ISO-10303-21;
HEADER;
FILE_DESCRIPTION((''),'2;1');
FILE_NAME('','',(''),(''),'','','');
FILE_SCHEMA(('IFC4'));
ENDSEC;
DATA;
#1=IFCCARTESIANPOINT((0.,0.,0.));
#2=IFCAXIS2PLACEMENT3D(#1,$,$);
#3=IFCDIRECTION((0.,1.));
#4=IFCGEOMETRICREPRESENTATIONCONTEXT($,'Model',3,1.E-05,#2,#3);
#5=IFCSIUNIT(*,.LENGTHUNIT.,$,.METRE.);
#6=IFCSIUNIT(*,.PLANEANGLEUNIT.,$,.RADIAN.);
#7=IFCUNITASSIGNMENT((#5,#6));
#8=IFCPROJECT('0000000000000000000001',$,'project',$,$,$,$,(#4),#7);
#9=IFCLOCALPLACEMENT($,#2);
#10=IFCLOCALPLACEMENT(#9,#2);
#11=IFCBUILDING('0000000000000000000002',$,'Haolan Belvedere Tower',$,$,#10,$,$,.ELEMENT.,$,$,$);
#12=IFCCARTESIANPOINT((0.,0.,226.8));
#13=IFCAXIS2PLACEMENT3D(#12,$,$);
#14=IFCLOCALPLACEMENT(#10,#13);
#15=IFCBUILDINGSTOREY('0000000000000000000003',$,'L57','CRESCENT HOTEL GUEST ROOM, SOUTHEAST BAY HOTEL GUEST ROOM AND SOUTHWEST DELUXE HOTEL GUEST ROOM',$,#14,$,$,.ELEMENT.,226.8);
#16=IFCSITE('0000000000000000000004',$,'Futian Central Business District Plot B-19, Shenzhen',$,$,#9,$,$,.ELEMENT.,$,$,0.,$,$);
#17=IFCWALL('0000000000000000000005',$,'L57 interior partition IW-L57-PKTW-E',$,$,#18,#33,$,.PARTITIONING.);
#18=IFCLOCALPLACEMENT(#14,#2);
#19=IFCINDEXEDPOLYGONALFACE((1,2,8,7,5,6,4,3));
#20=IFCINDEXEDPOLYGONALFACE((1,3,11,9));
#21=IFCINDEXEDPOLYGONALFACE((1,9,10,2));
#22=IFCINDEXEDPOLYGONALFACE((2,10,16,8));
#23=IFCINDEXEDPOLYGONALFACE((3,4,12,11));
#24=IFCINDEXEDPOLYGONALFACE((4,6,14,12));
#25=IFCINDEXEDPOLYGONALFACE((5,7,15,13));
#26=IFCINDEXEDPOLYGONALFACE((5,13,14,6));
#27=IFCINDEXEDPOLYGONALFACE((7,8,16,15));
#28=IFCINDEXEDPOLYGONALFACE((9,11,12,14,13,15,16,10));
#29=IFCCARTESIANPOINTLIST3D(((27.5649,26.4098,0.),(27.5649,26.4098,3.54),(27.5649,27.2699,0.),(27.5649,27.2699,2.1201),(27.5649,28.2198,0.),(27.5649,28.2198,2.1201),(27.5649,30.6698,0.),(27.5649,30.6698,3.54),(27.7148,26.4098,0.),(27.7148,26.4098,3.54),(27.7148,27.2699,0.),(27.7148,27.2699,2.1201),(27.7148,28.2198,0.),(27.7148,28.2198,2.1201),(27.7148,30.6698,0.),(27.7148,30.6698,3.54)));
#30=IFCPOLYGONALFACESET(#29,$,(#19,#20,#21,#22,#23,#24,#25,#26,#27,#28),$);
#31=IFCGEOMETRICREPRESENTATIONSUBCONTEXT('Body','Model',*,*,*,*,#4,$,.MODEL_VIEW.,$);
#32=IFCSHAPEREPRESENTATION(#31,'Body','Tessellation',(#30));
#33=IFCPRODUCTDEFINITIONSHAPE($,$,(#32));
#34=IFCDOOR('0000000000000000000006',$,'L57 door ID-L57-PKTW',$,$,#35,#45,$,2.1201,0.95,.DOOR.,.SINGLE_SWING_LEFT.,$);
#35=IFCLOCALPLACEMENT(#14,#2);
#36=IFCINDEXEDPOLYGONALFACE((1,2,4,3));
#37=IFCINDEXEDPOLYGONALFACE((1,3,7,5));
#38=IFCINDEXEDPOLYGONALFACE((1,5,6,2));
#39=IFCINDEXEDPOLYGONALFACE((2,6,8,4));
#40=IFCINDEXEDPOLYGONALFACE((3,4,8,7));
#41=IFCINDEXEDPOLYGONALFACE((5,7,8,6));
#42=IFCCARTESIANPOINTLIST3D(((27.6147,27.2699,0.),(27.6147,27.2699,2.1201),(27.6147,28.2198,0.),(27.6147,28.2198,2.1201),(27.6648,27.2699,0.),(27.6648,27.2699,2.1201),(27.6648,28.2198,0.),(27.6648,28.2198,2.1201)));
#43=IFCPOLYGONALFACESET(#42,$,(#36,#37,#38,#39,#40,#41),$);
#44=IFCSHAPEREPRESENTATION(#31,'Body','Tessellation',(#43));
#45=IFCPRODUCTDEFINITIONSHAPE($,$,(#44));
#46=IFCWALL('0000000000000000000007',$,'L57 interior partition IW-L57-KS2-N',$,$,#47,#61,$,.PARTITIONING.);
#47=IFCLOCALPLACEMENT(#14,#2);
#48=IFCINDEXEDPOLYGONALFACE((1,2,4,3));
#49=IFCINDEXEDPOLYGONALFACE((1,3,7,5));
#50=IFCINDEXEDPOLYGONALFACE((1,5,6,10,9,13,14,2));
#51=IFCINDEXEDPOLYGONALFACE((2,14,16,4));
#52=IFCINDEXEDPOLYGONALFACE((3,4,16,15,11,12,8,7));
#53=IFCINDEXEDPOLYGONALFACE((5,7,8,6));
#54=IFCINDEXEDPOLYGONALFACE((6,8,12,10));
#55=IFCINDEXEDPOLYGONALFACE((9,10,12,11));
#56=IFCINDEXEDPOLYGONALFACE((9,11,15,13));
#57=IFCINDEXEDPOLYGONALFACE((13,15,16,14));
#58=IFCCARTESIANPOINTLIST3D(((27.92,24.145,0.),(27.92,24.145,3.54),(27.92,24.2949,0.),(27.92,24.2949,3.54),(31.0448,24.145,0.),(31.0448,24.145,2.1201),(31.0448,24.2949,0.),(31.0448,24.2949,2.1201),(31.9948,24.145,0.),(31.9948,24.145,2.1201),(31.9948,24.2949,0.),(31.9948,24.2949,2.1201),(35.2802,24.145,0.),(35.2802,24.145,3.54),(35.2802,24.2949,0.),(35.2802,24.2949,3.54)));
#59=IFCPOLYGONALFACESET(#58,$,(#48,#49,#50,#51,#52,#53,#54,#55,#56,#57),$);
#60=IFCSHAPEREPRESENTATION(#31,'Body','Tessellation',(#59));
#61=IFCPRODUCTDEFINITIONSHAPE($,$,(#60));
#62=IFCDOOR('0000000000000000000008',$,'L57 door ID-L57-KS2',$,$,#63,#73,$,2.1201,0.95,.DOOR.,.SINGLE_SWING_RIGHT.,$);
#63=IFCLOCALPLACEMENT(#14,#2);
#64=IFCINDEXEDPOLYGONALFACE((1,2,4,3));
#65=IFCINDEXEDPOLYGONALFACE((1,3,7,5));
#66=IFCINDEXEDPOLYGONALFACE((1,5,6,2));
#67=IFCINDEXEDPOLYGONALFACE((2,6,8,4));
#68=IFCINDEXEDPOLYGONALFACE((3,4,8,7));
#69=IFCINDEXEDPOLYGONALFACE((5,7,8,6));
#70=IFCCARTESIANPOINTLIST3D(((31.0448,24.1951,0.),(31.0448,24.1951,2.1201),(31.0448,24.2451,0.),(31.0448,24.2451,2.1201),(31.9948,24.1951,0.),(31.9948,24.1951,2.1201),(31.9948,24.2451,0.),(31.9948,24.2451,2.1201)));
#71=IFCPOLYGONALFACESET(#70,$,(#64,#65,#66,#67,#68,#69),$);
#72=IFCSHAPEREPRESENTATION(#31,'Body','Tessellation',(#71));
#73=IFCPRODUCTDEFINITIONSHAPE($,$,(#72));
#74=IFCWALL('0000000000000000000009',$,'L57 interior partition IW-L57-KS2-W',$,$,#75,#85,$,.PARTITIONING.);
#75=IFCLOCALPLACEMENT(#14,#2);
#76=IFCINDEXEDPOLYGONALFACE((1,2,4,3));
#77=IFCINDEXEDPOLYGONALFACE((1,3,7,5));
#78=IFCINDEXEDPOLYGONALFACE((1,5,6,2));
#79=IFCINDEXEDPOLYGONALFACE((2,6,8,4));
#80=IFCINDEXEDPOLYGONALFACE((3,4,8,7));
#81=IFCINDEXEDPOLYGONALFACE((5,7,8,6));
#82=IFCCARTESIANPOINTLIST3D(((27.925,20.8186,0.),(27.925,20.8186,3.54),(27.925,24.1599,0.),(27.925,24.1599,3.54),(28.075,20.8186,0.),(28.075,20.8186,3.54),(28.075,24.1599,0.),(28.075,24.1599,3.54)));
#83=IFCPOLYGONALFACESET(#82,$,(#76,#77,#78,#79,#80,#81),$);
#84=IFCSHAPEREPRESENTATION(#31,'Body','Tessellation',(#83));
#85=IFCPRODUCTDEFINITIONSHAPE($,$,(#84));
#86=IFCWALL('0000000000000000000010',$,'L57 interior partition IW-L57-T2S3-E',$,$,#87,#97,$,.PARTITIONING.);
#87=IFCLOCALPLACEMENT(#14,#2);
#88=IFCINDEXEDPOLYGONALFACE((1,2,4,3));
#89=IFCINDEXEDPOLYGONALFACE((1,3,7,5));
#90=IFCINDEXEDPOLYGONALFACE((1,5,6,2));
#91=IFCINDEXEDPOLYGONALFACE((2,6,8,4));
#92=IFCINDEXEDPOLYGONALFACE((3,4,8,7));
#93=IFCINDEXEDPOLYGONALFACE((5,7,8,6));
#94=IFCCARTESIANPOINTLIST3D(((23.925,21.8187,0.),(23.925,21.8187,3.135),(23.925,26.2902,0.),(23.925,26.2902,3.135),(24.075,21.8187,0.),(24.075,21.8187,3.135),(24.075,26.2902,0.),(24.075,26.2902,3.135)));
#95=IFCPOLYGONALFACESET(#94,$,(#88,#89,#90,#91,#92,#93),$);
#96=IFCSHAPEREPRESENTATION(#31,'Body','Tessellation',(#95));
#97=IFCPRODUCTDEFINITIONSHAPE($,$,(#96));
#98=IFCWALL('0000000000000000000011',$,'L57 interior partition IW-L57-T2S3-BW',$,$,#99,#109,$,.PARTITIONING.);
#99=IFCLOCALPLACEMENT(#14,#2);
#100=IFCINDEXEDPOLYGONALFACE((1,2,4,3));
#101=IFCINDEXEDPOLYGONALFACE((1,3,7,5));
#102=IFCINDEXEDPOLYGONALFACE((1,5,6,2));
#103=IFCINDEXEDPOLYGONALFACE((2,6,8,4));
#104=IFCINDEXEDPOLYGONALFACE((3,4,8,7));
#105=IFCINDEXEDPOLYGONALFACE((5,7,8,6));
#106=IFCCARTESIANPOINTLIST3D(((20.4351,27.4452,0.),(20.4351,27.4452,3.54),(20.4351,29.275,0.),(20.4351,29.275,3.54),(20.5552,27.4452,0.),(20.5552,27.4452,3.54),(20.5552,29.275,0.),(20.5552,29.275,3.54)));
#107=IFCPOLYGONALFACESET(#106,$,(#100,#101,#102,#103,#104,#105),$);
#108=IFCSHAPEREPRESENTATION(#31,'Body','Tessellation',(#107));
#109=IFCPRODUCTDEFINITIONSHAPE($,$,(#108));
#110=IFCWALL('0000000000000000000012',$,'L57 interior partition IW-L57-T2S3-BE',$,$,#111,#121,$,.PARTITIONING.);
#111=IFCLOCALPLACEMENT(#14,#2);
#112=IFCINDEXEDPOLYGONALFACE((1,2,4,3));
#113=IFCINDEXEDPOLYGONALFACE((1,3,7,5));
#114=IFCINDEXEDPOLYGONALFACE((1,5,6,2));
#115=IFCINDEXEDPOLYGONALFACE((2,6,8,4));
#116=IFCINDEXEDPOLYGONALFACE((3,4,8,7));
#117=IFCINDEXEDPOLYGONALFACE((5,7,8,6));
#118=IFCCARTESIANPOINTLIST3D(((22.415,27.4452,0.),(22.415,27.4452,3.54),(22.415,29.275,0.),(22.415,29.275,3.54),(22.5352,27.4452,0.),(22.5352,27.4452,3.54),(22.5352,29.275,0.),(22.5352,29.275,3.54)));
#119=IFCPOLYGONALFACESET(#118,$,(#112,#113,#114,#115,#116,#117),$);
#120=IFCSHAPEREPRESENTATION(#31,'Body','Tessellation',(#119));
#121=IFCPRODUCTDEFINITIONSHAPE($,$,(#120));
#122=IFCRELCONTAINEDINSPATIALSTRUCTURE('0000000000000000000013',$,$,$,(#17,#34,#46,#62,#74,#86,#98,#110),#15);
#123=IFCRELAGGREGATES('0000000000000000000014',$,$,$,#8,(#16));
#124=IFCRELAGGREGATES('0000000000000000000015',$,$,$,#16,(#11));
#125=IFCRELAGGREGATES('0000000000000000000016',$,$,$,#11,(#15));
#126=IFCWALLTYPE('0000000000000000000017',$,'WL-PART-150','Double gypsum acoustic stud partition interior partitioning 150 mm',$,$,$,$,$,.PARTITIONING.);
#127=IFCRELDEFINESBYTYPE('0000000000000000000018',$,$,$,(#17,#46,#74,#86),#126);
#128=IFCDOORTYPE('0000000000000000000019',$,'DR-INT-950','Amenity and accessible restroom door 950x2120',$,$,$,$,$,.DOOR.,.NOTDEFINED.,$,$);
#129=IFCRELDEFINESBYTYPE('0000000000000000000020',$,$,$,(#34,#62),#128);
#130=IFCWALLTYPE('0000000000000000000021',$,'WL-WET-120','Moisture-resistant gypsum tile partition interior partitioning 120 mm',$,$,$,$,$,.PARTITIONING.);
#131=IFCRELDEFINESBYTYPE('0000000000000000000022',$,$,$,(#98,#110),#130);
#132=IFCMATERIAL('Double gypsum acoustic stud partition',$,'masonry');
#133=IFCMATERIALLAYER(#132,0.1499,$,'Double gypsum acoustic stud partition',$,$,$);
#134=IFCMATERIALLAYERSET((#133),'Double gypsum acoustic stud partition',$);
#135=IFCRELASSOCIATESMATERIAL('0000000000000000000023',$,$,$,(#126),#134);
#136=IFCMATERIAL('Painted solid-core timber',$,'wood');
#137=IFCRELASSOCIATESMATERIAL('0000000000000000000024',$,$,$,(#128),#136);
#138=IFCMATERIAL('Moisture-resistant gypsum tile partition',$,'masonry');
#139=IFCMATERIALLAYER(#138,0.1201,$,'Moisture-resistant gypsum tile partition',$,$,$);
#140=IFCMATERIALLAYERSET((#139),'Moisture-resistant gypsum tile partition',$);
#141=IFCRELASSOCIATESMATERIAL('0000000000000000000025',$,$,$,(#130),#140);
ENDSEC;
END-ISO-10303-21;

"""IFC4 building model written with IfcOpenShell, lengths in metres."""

from ifc_helpers import new_model, si_unit, direction, frame, frame_2d, origin, place, context, subcontext, project, spatial, rectangle, extrude, material, layer, layer_set, type_object, element, fill, save


model = new_model("IFC4")

# Units and contexts
model_context = context("Model", 3, precision=1e-05, world=origin(), true_north=direction((0.0, 1.0)))
body_context = subcontext(model_context, "Body", "Model", "MODEL_VIEW")
ifc_project = project(units=[si_unit("LENGTHUNIT", "METRE"), si_unit("PLANEANGLEUNIT", "RADIAN")], contexts=[model_context])

# Site, building, storey
site_placement = place(None, origin())
site = spatial("IfcSite", under=ifc_project, at=site_placement, Name="Futian Central Business District Plot B-19, Shenzhen", CompositionType="ELEMENT", RefElevation=0.0)
building_placement = place(site_placement, origin())
building = spatial("IfcBuilding", under=site, at=building_placement, Name="Haolan Belvedere Tower", CompositionType="ELEMENT")
storey_placement = place(building_placement, frame((0.0, 0.0, 226.8)))
storey = spatial("IfcBuildingStorey", under=building, at=storey_placement, Name="L57", Description="CRESCENT HOTEL GUEST ROOM, SOUTHEAST BAY HOTEL GUEST ROOM AND SOUTHWEST DELUXE HOTEL GUEST ROOM", CompositionType="ELEMENT", Elevation=226.8)

# Shared definitions
ifc_material_1 = material(Name="Double gypsum acoustic stud partition", Category="masonry")
ifc_layer_1 = layer(ifc_material_1, 0.1499, Name="Double gypsum acoustic stud partition")
ifc_layer_set_1 = layer_set([ifc_layer_1], Name="Double gypsum acoustic stud partition")
wall_type_1 = type_object("IfcWallType", Name="WL-PART-150", Description="Double gypsum acoustic stud partition interior partitioning 150 mm", PredefinedType="PARTITIONING", material=ifc_layer_set_1)

# Walls, openings, doors
wall_1_placement = place(storey_placement, frame((27.6399, 26.4099, 0.0), z_axis=(0.0, 0.0, 1.0), x_axis=(0.0, 1.0, 0.0)))
wall_1 = element("IfcWall", 1, at=wall_1_placement, inside=storey, type_object=wall_type_1, Name="L57 interior partition IW-L57-PKTW-E", PredefinedType="PARTITIONING", context=body_context, shape_type="SweptSolid", body=[
    extrude(rectangle(XDim=4.26, YDim=0.1499, at=frame_2d((2.1299, 0.0))), origin(), (0.0, 0.0, 1.0), 3.54),
])
opening_1_placement = place(wall_1_placement, frame((1.8101, 0.0, 0.0), z_axis=(0.0, 0.0, 1.0), x_axis=(-1.0, 0.0, 0.0)))
opening_1 = element("IfcOpeningElement", 2, at=opening_1_placement, cuts=wall_1, PredefinedType="OPENING", context=body_context, shape_type="SweptSolid", body=[
    extrude(rectangle(XDim=0.95, YDim=2.1201, at=frame_2d((0.4751, 1.0601))), frame((0.0, 0.085, 0.0), z_axis=(0.0, -1.0, 0.0), x_axis=(1.0, 0.0, 0.0)), (0.0, 0.0, 1.0), 0.1699),
])
ifc_material_2 = material(Name="Painted solid-core timber", Category="wood")
door_type_1 = type_object("IfcDoorType", Name="DR-INT-950", Description="Amenity and accessible restroom door 950x2120", OperationType="NOTDEFINED", PredefinedType="DOOR", material=ifc_material_2)
door_1_placement = place(opening_1_placement, origin())
door_1 = element("IfcDoor", 3, at=door_1_placement, inside=storey, type_object=door_type_1, Name="L57 door ID-L57-PKTW", OperationType="SINGLE_SWING_LEFT", OverallHeight=2.1201, OverallWidth=0.95, PredefinedType="DOOR", context=body_context, shape_type="SweptSolid", body=[
    extrude(rectangle(XDim=0.95, YDim=2.1201, at=frame_2d((0.4751, 1.0601))), frame((0.0, 0.0249, 0.0), z_axis=(0.0, -1.0, 0.0), x_axis=(1.0, 0.0, 0.0)), (0.0, 0.0, 1.0), 0.05),
])
fill(opening_1, door_1)
wall_2_placement = place(storey_placement, frame((27.9199, 24.22, 0.0), z_axis=(0.0, 0.0, 1.0), x_axis=(1.0, 0.0, 0.0)))
wall_2 = element("IfcWall", 4, at=wall_2_placement, inside=storey, type_object=wall_type_1, Name="L57 interior partition IW-L57-KS2-N", PredefinedType="PARTITIONING", context=body_context, shape_type="SweptSolid", body=[
    extrude(rectangle(XDim=7.3601, YDim=0.1499, at=frame_2d((3.6802, 0.0))), origin(), (0.0, 0.0, 1.0), 3.54),
])
opening_2_placement = place(wall_2_placement, frame((4.075, 0.0, 0.0), z_axis=(0.0, 0.0, 1.0), x_axis=(-1.0, 0.0, 0.0)))
opening_2 = element("IfcOpeningElement", 5, at=opening_2_placement, cuts=wall_2, PredefinedType="OPENING", context=body_context, shape_type="SweptSolid", body=[
    extrude(rectangle(XDim=0.95, YDim=2.1201, at=frame_2d((0.4751, 1.0601))), frame((0.0, 0.085, 0.0), z_axis=(0.0, -1.0, 0.0), x_axis=(1.0, 0.0, 0.0)), (0.0, 0.0, 1.0), 0.1699),
])
door_2_placement = place(opening_2_placement, origin())
door_2 = element("IfcDoor", 6, at=door_2_placement, inside=storey, type_object=door_type_1, Name="L57 door ID-L57-KS2", OperationType="SINGLE_SWING_RIGHT", OverallHeight=2.1201, OverallWidth=0.95, PredefinedType="DOOR", context=body_context, shape_type="SweptSolid", body=[
    extrude(rectangle(XDim=0.95, YDim=2.1201, at=frame_2d((0.4751, 1.0601))), frame((0.0, 0.0249, 0.0), z_axis=(0.0, -1.0, 0.0), x_axis=(1.0, 0.0, 0.0)), (0.0, 0.0, 1.0), 0.05),
])
fill(opening_2, door_2)

# Wall
wall_3_placement = place(storey_placement, frame((28.0, 20.8186, 0.0), z_axis=(0.0, 0.0, 1.0), x_axis=(0.0, 1.0, 0.0)))
element("IfcWall", 7, at=wall_3_placement, inside=storey, type_object=wall_type_1, Name="L57 interior partition IW-L57-KS2-W", PredefinedType="PARTITIONING", context=body_context, shape_type="SweptSolid", body=[
    extrude(rectangle(XDim=3.3413, YDim=0.1499, at=frame_2d((1.6707, 0.0))), origin(), (0.0, 0.0, 1.0), 3.54),
])

# Walls
wall_4_placement = place(storey_placement, frame((24.0, 21.8186, 0.0), z_axis=(0.0, 0.0, 1.0), x_axis=(0.0, 1.0, 0.0)))
element("IfcWall", 8, at=wall_4_placement, inside=storey, type_object=wall_type_1, Name="L57 interior partition IW-L57-T2S3-E", PredefinedType="PARTITIONING", context=body_context, shape_type="SweptSolid", body=[
    extrude(rectangle(XDim=4.4714, YDim=0.1499, at=frame_2d((2.2358, 0.0))), origin(), (0.0, 0.0, 1.0), 3.135),
])
ifc_material_3 = material(Name="Moisture-resistant gypsum tile partition", Category="masonry")
ifc_layer_2 = layer(ifc_material_3, 0.1201, Name="Moisture-resistant gypsum tile partition")
ifc_layer_set_2 = layer_set([ifc_layer_2], Name="Moisture-resistant gypsum tile partition")
wall_type_2 = type_object("IfcWallType", Name="WL-WET-120", Description="Moisture-resistant gypsum tile partition interior partitioning 120 mm", PredefinedType="PARTITIONING", material=ifc_layer_set_2)
for number, where, z_axis, x_axis, name in (
    (9, (20.4951, 27.4451, 0.0), (0.0, 0.0, 1.0), (0.0, 1.0, 0.0), "L57 interior partition IW-L57-T2S3-BW"),
    (10, (22.4751, 27.4451, 0.0), (0.0, 0.0, 1.0), (0.0, 1.0, 0.0), "L57 interior partition IW-L57-T2S3-BE"),
):
    element("IfcWall", number, at=place(storey_placement, frame(where, z_axis=z_axis, x_axis=x_axis)), inside=storey, type_object=wall_type_2, Name=name, PredefinedType="PARTITIONING", context=body_context, shape_type="SweptSolid", body=[
        extrude(rectangle(XDim=1.8298, YDim=0.1201, at=frame_2d((0.915, 0.0))), origin(), (0.0, 0.0, 1.0), 3.54),
    ])

save(model, "model.ifc")
